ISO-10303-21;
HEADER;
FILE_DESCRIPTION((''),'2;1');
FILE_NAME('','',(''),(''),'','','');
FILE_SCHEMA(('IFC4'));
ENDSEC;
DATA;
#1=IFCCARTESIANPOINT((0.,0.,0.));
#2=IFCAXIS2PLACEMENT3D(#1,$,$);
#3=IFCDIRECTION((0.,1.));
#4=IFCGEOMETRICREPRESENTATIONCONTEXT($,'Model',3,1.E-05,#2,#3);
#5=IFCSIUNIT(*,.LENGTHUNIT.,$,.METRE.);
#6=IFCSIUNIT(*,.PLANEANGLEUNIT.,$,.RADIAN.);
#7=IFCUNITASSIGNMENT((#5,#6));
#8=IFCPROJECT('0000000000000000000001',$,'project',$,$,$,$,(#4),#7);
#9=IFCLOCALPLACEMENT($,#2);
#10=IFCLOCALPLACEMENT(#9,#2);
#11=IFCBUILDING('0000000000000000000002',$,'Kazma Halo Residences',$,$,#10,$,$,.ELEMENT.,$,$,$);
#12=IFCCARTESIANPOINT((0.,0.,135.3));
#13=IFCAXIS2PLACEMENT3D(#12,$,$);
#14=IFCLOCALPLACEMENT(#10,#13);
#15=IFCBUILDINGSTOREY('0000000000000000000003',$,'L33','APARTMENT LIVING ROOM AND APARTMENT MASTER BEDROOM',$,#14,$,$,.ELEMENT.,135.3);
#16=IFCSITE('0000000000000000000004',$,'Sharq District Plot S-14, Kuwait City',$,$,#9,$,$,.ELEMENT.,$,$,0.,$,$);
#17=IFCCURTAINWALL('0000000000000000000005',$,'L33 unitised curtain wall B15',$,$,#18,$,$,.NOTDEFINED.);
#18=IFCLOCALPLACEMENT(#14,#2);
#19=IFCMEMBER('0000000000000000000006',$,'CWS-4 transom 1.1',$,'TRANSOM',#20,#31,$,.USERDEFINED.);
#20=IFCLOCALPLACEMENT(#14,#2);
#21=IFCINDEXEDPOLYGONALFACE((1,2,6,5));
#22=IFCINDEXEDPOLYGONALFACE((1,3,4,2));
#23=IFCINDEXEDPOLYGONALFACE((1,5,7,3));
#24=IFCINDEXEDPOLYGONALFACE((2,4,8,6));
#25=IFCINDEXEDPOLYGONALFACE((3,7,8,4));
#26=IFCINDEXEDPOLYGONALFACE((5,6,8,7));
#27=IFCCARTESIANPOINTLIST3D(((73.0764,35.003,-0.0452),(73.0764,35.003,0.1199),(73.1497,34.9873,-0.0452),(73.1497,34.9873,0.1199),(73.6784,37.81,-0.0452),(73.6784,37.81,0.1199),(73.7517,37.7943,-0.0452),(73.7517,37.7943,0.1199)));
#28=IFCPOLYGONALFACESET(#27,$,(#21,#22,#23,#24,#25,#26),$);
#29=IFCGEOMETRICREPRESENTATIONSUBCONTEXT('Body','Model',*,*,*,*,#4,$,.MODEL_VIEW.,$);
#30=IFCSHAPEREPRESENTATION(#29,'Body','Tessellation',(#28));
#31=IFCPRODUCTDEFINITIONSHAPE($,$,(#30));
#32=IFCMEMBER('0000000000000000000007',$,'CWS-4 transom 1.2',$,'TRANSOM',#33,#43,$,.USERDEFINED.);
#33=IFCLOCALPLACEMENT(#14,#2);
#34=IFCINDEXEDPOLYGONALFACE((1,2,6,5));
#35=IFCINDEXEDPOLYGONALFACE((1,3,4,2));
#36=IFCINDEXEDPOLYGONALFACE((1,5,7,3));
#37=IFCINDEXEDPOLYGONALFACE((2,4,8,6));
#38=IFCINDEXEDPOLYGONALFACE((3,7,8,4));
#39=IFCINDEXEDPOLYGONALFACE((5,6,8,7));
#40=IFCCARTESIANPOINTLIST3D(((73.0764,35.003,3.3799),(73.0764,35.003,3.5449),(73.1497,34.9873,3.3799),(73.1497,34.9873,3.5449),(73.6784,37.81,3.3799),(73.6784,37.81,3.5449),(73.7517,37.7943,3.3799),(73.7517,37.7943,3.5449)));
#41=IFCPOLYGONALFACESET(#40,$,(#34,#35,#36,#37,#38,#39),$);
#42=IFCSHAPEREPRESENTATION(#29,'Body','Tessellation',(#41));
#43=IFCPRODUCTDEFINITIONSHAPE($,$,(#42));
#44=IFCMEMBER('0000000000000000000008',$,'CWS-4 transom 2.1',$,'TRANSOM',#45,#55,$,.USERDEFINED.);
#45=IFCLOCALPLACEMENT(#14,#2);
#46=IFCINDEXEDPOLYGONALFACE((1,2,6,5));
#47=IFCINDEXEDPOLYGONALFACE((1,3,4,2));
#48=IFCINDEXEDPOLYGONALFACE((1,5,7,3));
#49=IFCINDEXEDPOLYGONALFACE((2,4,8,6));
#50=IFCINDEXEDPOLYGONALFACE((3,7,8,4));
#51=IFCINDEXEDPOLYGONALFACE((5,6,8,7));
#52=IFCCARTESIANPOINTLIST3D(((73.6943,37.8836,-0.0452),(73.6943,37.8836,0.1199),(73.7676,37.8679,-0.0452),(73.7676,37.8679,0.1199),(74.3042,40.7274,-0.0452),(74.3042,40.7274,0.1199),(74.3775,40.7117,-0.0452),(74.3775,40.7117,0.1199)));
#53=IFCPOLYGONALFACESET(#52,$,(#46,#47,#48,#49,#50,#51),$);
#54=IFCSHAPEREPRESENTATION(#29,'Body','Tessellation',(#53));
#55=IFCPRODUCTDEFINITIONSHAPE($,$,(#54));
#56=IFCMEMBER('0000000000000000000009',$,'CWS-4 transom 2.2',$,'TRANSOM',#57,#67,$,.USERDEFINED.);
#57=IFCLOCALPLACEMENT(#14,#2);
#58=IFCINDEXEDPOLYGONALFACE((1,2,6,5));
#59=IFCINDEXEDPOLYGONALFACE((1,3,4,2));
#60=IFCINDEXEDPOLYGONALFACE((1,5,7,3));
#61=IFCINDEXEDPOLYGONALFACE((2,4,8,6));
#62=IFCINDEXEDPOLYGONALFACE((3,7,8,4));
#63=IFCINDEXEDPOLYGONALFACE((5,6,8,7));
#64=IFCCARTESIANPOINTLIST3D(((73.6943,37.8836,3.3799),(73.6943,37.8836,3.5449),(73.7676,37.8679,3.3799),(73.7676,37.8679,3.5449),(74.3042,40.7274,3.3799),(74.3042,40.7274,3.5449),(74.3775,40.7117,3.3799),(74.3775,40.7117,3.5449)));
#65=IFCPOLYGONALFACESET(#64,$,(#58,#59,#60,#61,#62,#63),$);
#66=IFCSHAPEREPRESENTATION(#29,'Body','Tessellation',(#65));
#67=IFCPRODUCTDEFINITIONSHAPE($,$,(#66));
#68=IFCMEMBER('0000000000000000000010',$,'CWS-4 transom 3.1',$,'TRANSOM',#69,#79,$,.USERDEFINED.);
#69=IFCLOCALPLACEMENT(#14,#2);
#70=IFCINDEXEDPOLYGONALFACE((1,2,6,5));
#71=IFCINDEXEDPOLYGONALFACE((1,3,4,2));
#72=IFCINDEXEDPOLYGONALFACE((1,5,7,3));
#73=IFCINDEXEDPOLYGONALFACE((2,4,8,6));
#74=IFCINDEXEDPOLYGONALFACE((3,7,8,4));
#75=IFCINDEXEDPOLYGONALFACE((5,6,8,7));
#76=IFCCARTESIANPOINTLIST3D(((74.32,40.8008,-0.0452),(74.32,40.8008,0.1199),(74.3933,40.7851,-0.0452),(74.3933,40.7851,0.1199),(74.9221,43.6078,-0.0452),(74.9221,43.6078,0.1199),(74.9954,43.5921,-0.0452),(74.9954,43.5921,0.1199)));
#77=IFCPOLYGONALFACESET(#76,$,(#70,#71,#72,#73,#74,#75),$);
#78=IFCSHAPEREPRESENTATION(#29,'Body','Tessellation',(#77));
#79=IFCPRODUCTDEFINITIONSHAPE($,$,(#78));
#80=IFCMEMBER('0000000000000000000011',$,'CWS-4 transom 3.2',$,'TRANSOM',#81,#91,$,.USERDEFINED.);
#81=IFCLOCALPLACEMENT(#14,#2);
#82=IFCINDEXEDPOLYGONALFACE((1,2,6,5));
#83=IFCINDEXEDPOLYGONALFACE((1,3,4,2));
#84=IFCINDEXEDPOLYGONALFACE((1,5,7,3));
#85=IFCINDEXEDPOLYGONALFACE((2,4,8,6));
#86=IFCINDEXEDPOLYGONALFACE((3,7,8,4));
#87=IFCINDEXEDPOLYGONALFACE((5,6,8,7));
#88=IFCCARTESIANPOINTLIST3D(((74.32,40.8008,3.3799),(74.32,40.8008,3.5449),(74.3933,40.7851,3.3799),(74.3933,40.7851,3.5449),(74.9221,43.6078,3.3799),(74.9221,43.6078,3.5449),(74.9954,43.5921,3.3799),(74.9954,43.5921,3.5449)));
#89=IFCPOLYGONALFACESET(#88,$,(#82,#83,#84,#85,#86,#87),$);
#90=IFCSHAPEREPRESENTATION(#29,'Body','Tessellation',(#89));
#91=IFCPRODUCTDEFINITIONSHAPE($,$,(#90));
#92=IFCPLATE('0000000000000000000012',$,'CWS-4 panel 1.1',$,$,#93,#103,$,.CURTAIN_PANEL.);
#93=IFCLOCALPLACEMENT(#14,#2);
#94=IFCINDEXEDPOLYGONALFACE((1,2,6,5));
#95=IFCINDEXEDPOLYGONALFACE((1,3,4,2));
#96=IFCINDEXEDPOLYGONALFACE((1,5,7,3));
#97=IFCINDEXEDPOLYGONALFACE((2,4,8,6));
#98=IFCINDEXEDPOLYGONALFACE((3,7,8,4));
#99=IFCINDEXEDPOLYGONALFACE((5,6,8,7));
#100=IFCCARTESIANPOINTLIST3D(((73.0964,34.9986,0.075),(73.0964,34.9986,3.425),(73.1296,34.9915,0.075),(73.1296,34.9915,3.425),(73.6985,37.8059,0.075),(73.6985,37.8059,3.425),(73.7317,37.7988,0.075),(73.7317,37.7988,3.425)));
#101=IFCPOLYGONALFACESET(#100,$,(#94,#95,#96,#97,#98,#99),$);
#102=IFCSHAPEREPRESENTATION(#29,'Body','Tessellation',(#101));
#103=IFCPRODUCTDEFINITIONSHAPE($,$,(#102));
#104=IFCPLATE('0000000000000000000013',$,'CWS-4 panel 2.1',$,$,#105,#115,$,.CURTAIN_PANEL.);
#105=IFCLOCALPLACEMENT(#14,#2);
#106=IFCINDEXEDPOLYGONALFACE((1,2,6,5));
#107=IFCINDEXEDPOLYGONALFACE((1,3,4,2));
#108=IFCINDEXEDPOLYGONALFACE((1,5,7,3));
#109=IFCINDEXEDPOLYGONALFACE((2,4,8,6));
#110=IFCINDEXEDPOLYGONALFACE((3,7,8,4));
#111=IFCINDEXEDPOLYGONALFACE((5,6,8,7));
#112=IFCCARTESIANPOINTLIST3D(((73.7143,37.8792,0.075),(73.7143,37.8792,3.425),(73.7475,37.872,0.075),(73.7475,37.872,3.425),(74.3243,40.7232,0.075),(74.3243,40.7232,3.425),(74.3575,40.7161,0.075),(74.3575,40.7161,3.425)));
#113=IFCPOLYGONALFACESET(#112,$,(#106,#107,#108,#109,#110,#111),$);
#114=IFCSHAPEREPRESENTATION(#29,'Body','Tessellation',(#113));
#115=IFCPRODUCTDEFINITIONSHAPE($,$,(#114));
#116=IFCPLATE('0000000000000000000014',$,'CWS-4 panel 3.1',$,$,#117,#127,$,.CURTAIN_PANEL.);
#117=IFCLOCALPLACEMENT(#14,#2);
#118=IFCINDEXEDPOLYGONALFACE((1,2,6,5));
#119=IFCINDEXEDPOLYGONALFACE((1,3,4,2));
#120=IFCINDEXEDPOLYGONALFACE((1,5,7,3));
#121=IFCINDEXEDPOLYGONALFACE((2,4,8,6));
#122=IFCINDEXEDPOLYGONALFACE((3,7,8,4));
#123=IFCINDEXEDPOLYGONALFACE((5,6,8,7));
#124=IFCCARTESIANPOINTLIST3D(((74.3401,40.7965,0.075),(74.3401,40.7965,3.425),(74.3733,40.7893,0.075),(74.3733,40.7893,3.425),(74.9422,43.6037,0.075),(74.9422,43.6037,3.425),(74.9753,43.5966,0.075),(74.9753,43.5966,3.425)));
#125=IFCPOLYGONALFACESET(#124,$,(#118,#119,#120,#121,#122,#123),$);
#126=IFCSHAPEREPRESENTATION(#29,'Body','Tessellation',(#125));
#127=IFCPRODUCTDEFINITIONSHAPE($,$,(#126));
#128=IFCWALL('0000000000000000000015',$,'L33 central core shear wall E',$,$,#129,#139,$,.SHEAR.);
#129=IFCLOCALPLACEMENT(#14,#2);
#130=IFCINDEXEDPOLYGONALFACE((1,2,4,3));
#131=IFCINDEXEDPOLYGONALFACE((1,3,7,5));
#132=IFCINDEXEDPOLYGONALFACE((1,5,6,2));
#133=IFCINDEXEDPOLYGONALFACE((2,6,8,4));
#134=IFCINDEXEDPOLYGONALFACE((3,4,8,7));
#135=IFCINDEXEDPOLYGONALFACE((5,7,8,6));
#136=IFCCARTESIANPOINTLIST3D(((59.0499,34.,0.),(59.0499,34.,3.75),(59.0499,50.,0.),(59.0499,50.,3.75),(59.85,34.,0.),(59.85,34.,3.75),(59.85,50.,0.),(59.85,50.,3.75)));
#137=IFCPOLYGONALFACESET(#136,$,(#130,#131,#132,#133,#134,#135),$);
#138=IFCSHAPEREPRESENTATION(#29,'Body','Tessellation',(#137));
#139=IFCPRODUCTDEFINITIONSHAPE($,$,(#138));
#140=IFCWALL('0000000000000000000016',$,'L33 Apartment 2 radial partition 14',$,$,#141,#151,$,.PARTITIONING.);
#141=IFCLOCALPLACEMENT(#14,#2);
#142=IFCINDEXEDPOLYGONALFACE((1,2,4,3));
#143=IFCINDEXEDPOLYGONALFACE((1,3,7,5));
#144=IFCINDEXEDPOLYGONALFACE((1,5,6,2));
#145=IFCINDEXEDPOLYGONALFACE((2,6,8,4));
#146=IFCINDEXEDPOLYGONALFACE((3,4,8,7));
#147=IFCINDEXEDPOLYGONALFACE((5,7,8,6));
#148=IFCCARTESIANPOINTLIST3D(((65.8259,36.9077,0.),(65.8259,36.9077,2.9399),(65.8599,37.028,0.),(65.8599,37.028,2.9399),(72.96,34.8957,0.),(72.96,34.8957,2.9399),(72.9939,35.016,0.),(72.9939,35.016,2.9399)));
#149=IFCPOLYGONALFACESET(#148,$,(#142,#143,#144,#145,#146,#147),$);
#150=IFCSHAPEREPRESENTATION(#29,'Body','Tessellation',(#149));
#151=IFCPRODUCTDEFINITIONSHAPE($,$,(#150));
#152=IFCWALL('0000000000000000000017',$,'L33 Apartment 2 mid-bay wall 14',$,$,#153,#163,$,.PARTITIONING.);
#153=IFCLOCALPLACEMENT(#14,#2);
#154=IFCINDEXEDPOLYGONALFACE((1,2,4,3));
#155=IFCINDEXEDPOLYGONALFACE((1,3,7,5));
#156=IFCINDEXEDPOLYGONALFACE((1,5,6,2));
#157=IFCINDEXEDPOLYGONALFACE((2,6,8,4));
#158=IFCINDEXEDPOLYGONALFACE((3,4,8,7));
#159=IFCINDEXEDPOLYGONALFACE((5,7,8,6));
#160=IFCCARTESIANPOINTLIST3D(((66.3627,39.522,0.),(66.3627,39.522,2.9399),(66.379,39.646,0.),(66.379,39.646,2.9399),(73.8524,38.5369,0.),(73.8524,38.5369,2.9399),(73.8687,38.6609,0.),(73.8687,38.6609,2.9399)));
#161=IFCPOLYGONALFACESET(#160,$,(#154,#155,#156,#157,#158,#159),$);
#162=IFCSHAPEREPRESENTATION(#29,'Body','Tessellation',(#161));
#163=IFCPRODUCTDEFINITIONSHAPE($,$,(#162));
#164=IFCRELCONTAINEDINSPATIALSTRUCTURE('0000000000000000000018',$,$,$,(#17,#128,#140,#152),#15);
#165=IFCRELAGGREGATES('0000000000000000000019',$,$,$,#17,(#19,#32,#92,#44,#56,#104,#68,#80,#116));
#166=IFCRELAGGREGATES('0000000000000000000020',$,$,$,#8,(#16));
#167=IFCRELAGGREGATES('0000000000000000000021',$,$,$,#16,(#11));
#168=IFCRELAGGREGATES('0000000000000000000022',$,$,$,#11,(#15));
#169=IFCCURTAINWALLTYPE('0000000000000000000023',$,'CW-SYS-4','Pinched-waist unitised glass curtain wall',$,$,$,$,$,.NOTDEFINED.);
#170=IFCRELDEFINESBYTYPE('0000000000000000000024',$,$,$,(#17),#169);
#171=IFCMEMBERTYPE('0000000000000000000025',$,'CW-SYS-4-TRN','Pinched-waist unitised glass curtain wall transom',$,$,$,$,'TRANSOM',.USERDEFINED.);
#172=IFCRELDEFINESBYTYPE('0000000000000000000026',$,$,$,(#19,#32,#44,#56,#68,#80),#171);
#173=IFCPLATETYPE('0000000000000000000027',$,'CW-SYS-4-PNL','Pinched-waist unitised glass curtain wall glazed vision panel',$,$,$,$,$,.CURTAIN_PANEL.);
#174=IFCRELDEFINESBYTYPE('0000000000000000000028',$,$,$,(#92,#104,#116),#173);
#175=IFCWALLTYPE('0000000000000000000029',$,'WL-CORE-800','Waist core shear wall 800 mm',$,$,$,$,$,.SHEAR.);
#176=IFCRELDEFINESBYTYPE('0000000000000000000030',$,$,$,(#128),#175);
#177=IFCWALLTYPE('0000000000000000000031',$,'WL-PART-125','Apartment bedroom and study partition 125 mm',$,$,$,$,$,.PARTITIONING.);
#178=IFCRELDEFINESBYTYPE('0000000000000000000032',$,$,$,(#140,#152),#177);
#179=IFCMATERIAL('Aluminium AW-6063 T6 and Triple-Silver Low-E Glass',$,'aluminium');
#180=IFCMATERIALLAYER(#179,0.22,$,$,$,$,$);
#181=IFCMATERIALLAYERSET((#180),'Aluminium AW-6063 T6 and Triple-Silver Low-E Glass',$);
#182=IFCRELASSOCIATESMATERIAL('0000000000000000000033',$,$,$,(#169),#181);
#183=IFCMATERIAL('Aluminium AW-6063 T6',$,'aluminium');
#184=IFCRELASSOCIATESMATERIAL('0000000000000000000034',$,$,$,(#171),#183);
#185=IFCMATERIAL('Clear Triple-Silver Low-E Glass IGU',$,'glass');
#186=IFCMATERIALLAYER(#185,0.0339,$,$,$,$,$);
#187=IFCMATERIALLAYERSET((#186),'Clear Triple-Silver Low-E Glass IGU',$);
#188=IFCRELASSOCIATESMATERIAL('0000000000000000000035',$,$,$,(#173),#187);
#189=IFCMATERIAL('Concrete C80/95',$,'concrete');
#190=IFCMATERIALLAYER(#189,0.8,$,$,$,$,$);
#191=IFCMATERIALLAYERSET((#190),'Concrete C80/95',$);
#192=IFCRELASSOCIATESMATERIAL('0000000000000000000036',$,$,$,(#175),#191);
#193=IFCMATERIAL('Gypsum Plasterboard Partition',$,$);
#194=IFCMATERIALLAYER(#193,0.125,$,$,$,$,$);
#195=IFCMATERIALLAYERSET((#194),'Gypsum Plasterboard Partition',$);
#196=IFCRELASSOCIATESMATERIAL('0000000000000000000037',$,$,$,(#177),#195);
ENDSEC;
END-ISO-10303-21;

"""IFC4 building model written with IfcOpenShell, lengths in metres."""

from ifc_helpers import new_model, si_unit, direction, frame, frame_2d, origin, origin_2d, place, context, subcontext, project, spatial, rectangle, extrude, material, layer, layer_set, material_profile, profile_set, type_object, element, aggregate, save


model = new_model("IFC4")

# Units and contexts
model_context = context("Model", 3, precision=1e-05, world=origin(), true_north=direction((0.0, 1.0)))
body_context = subcontext(model_context, "Body", "Model", "MODEL_VIEW")
ifc_project = project(units=[si_unit("LENGTHUNIT", "METRE"), si_unit("PLANEANGLEUNIT", "RADIAN")], contexts=[model_context])

# Site, building, storey
site_placement = place(None, origin())
site = spatial("IfcSite", under=ifc_project, at=site_placement, Name="Sharq District Plot S-14, Kuwait City", CompositionType="ELEMENT", RefElevation=0.0)
building_placement = place(site_placement, origin())
building = spatial("IfcBuilding", under=site, at=building_placement, Name="Kazma Halo Residences", CompositionType="ELEMENT")
storey_placement = place(building_placement, frame((0.0, 0.0, 135.3)))
storey = spatial("IfcBuildingStorey", under=building, at=storey_placement, Name="L33", Description="APARTMENT LIVING ROOM AND APARTMENT MASTER BEDROOM", CompositionType="ELEMENT", Elevation=135.3)

# Shared definitions
ifc_material_1 = material(Name="Concrete C80/95", Category="concrete")

# Curtain wall, members, plates
ifc_material_2 = material(Name="Aluminium AW-6063 T6 and Triple-Silver Low-E Glass", Category="aluminium")
ifc_layer_1 = layer(ifc_material_2, 0.22)
ifc_layer_set_1 = layer_set([ifc_layer_1], Name="Aluminium AW-6063 T6 and Triple-Silver Low-E Glass")
curtain_wall_type = type_object("IfcCurtainWallType", Name="CW-SYS-4", Description="Pinched-waist unitised glass curtain wall", PredefinedType="NOTDEFINED", material=ifc_layer_set_1)
curtain_wall_placement = place(storey_placement, origin())
curtain_wall = element("IfcCurtainWall", 1, at=curtain_wall_placement, inside=storey, type_object=curtain_wall_type, Name="L33 unitised curtain wall B15", PredefinedType="NOTDEFINED")
ifc_material_3 = material(Name="Aluminium AW-6063 T6", Category="aluminium")
ifc_material_profile_1 = material_profile(ifc_material_3, rectangle(XDim=0.075, YDim=0.165, at=origin_2d()), Name="CWT-75x165")
ifc_profile_set_1 = profile_set([ifc_material_profile_1], Name="Aluminium AW-6063 T6")
member_type_1 = type_object("IfcMemberType", Name="CW-SYS-4-TRN", Description="Pinched-waist unitised glass curtain wall transom", ElementType="TRANSOM", PredefinedType="USERDEFINED", material=ifc_profile_set_1)
member_1_placement = place(storey_placement, frame((73.113, 34.9951, 0.0374), z_axis=(0.209703, 0.977765, 0.0), x_axis=(-0.977765, 0.209703, 0.0)))
member_1 = element("IfcMember", 2, at=member_1_placement, type_object=member_type_1, Name="CWS-4 transom 1.1", ObjectType="TRANSOM", PredefinedType="USERDEFINED", context=body_context, shape_type="SweptSolid", body=[
    extrude(rectangle(XDim=0.075, YDim=0.165, at=origin_2d()), origin(), (0.0, 0.0, 1.0), 2.8708),
])
member_2_placement = place(storey_placement, frame((73.113, 34.9951, 3.4624), z_axis=(0.209703, 0.977765, 0.0), x_axis=(-0.977765, 0.209703, 0.0)))
member_2 = element("IfcMember", 3, at=member_2_placement, type_object=member_type_1, Name="CWS-4 transom 1.2", ObjectType="TRANSOM", PredefinedType="USERDEFINED", context=body_context, shape_type="SweptSolid", body=[
    extrude(rectangle(XDim=0.075, YDim=0.165, at=origin_2d()), origin(), (0.0, 0.0, 1.0), 2.8708),
])
member_3_placement = place(storey_placement, frame((73.731, 37.8757, 0.0374), z_axis=(0.20969, 0.977768, 0.0), x_axis=(-0.977768, 0.20969, 0.0)))
member_3 = element("IfcMember", 4, at=member_3_placement, type_object=member_type_1, Name="CWS-4 transom 2.1", ObjectType="TRANSOM", PredefinedType="USERDEFINED", context=body_context, shape_type="SweptSolid", body=[
    extrude(rectangle(XDim=0.075, YDim=0.165, at=origin_2d()), origin(), (0.0, 0.0, 1.0), 2.9084),
])
member_4_placement = place(storey_placement, frame((73.731, 37.8757, 3.4624), z_axis=(0.20969, 0.977768, 0.0), x_axis=(-0.977768, 0.20969, 0.0)))
member_4 = element("IfcMember", 5, at=member_4_placement, type_object=member_type_1, Name="CWS-4 transom 2.2", ObjectType="TRANSOM", PredefinedType="USERDEFINED", context=body_context, shape_type="SweptSolid", body=[
    extrude(rectangle(XDim=0.075, YDim=0.165, at=origin_2d()), origin(), (0.0, 0.0, 1.0), 2.9084),
])
member_5_placement = place(storey_placement, frame((74.3567, 40.793, 0.0374), z_axis=(0.209703, 0.977765, 0.0), x_axis=(-0.977765, 0.209703, 0.0)))
member_5 = element("IfcMember", 6, at=member_5_placement, type_object=member_type_1, Name="CWS-4 transom 3.1", ObjectType="TRANSOM", PredefinedType="USERDEFINED", context=body_context, shape_type="SweptSolid", body=[
    extrude(rectangle(XDim=0.075, YDim=0.165, at=origin_2d()), origin(), (0.0, 0.0, 1.0), 2.8708),
])
member_6_placement = place(storey_placement, frame((74.3567, 40.793, 3.4624), z_axis=(0.209703, 0.977765, 0.0), x_axis=(-0.977765, 0.209703, 0.0)))
member_6 = element("IfcMember", 7, at=member_6_placement, type_object=member_type_1, Name="CWS-4 transom 3.2", ObjectType="TRANSOM", PredefinedType="USERDEFINED", context=body_context, shape_type="SweptSolid", body=[
    extrude(rectangle(XDim=0.075, YDim=0.165, at=origin_2d()), origin(), (0.0, 0.0, 1.0), 2.8708),
])
ifc_material_4 = material(Name="Clear Triple-Silver Low-E Glass IGU", Category="glass")
ifc_layer_2 = layer(ifc_material_4, 0.0339)
ifc_layer_set_2 = layer_set([ifc_layer_2], Name="Clear Triple-Silver Low-E Glass IGU")
plate_type = type_object("IfcPlateType", Name="CW-SYS-4-PNL", Description="Pinched-waist unitised glass curtain wall glazed vision panel", PredefinedType="CURTAIN_PANEL", material=ifc_layer_set_2)
plate_1_placement = place(storey_placement, frame((73.4141, 36.3987, 0.075), z_axis=(0.0, 0.0, 1.0), x_axis=(0.209704, 0.977765, 0.0)))
plate_1 = element("IfcPlate", 8, at=plate_1_placement, type_object=plate_type, Name="CWS-4 panel 1.1", PredefinedType="CURTAIN_PANEL", context=body_context, shape_type="SweptSolid", body=[
    extrude(rectangle(XDim=2.8711, YDim=0.0339, at=origin_2d()), origin(), (0.0, 0.0, 1.0), 3.3501),
])
plate_2_placement = place(storey_placement, frame((74.0359, 39.2976, 0.075), z_axis=(0.0, 0.0, 1.0), x_axis=(0.209704, 0.977765, 0.0)))
plate_2 = element("IfcPlate", 9, at=plate_2_placement, type_object=plate_type, Name="CWS-4 panel 2.1", PredefinedType="CURTAIN_PANEL", context=body_context, shape_type="SweptSolid", body=[
    extrude(rectangle(XDim=2.9087, YDim=0.0339, at=origin_2d()), origin(), (0.0, 0.0, 1.0), 3.3501),
])
plate_3_placement = place(storey_placement, frame((74.6577, 42.1965, 0.075), z_axis=(0.0, 0.0, 1.0), x_axis=(0.209704, 0.977765, 0.0)))
plate_3 = element("IfcPlate", 10, at=plate_3_placement, type_object=plate_type, Name="CWS-4 panel 3.1", PredefinedType="CURTAIN_PANEL", context=body_context, shape_type="SweptSolid", body=[
    extrude(rectangle(XDim=2.8711, YDim=0.0339, at=origin_2d()), origin(), (0.0, 0.0, 1.0), 3.3501),
])
aggregate(curtain_wall, [member_1, member_2, plate_1, member_3, member_4, plate_2, member_5, member_6, plate_3])

# Walls
ifc_layer_3 = layer(ifc_material_1, 0.8)
ifc_layer_set_3 = layer_set([ifc_layer_3], Name="Concrete C80/95")
wall_type_1 = type_object("IfcWallType", Name="WL-CORE-800", Description="Waist core shear wall 800 mm", PredefinedType="SHEAR", material=ifc_layer_set_3)
wall_1_placement = place(storey_placement, frame((59.45, 34.0, 0.0), z_axis=(0.0, 0.0, 1.0), x_axis=(0.0, 1.0, 0.0)))
element("IfcWall", 11, at=wall_1_placement, inside=storey, type_object=wall_type_1, Name="L33 central core shear wall E", PredefinedType="SHEAR", context=body_context, shape_type="SweptSolid", body=[
    extrude(rectangle(XDim=16.0, YDim=0.8, at=frame_2d((8.0, 0.0))), origin(), (0.0, 0.0, 1.0), 3.75),
])
ifc_material_5 = material(Name="Gypsum Plasterboard Partition")
ifc_layer_4 = layer(ifc_material_5, 0.125)
ifc_layer_set_4 = layer_set([ifc_layer_4], Name="Gypsum Plasterboard Partition")
wall_type_2 = type_object("IfcWallType", Name="WL-PART-125", Description="Apartment bedroom and study partition 125 mm", PredefinedType="PARTITIONING", material=ifc_layer_set_4)
wall_2_placement = place(storey_placement, frame((65.843, 36.9678, 0.0), z_axis=(0.0, 0.0, 1.0), x_axis=(0.962457, -0.271435, 0.0)))
element("IfcWall", 12, at=wall_2_placement, inside=storey, type_object=wall_type_2, Name="L33 Apartment 2 radial partition 14", PredefinedType="PARTITIONING", context=body_context, shape_type="SweptSolid", body=[
    extrude(rectangle(XDim=7.4124, YDim=0.125, at=frame_2d((3.7061, 0.0))), origin(), (0.0, 0.0, 1.0), 2.9399),
])
wall_3_placement = place(storey_placement, frame((66.3708, 39.584, 0.0), z_axis=(0.0, 0.0, 1.0), x_axis=(0.991461, -0.130404, 0.0)))
element("IfcWall", 13, at=wall_3_placement, inside=storey, type_object=wall_type_2, Name="L33 Apartment 2 mid-bay wall 14", PredefinedType="PARTITIONING", context=body_context, shape_type="SweptSolid", body=[
    extrude(rectangle(XDim=7.5542, YDim=0.125, at=frame_2d((3.7771, 0.0))), origin(), (0.0, 0.0, 1.0), 2.9399),
])

save(model, "model.ifc")
